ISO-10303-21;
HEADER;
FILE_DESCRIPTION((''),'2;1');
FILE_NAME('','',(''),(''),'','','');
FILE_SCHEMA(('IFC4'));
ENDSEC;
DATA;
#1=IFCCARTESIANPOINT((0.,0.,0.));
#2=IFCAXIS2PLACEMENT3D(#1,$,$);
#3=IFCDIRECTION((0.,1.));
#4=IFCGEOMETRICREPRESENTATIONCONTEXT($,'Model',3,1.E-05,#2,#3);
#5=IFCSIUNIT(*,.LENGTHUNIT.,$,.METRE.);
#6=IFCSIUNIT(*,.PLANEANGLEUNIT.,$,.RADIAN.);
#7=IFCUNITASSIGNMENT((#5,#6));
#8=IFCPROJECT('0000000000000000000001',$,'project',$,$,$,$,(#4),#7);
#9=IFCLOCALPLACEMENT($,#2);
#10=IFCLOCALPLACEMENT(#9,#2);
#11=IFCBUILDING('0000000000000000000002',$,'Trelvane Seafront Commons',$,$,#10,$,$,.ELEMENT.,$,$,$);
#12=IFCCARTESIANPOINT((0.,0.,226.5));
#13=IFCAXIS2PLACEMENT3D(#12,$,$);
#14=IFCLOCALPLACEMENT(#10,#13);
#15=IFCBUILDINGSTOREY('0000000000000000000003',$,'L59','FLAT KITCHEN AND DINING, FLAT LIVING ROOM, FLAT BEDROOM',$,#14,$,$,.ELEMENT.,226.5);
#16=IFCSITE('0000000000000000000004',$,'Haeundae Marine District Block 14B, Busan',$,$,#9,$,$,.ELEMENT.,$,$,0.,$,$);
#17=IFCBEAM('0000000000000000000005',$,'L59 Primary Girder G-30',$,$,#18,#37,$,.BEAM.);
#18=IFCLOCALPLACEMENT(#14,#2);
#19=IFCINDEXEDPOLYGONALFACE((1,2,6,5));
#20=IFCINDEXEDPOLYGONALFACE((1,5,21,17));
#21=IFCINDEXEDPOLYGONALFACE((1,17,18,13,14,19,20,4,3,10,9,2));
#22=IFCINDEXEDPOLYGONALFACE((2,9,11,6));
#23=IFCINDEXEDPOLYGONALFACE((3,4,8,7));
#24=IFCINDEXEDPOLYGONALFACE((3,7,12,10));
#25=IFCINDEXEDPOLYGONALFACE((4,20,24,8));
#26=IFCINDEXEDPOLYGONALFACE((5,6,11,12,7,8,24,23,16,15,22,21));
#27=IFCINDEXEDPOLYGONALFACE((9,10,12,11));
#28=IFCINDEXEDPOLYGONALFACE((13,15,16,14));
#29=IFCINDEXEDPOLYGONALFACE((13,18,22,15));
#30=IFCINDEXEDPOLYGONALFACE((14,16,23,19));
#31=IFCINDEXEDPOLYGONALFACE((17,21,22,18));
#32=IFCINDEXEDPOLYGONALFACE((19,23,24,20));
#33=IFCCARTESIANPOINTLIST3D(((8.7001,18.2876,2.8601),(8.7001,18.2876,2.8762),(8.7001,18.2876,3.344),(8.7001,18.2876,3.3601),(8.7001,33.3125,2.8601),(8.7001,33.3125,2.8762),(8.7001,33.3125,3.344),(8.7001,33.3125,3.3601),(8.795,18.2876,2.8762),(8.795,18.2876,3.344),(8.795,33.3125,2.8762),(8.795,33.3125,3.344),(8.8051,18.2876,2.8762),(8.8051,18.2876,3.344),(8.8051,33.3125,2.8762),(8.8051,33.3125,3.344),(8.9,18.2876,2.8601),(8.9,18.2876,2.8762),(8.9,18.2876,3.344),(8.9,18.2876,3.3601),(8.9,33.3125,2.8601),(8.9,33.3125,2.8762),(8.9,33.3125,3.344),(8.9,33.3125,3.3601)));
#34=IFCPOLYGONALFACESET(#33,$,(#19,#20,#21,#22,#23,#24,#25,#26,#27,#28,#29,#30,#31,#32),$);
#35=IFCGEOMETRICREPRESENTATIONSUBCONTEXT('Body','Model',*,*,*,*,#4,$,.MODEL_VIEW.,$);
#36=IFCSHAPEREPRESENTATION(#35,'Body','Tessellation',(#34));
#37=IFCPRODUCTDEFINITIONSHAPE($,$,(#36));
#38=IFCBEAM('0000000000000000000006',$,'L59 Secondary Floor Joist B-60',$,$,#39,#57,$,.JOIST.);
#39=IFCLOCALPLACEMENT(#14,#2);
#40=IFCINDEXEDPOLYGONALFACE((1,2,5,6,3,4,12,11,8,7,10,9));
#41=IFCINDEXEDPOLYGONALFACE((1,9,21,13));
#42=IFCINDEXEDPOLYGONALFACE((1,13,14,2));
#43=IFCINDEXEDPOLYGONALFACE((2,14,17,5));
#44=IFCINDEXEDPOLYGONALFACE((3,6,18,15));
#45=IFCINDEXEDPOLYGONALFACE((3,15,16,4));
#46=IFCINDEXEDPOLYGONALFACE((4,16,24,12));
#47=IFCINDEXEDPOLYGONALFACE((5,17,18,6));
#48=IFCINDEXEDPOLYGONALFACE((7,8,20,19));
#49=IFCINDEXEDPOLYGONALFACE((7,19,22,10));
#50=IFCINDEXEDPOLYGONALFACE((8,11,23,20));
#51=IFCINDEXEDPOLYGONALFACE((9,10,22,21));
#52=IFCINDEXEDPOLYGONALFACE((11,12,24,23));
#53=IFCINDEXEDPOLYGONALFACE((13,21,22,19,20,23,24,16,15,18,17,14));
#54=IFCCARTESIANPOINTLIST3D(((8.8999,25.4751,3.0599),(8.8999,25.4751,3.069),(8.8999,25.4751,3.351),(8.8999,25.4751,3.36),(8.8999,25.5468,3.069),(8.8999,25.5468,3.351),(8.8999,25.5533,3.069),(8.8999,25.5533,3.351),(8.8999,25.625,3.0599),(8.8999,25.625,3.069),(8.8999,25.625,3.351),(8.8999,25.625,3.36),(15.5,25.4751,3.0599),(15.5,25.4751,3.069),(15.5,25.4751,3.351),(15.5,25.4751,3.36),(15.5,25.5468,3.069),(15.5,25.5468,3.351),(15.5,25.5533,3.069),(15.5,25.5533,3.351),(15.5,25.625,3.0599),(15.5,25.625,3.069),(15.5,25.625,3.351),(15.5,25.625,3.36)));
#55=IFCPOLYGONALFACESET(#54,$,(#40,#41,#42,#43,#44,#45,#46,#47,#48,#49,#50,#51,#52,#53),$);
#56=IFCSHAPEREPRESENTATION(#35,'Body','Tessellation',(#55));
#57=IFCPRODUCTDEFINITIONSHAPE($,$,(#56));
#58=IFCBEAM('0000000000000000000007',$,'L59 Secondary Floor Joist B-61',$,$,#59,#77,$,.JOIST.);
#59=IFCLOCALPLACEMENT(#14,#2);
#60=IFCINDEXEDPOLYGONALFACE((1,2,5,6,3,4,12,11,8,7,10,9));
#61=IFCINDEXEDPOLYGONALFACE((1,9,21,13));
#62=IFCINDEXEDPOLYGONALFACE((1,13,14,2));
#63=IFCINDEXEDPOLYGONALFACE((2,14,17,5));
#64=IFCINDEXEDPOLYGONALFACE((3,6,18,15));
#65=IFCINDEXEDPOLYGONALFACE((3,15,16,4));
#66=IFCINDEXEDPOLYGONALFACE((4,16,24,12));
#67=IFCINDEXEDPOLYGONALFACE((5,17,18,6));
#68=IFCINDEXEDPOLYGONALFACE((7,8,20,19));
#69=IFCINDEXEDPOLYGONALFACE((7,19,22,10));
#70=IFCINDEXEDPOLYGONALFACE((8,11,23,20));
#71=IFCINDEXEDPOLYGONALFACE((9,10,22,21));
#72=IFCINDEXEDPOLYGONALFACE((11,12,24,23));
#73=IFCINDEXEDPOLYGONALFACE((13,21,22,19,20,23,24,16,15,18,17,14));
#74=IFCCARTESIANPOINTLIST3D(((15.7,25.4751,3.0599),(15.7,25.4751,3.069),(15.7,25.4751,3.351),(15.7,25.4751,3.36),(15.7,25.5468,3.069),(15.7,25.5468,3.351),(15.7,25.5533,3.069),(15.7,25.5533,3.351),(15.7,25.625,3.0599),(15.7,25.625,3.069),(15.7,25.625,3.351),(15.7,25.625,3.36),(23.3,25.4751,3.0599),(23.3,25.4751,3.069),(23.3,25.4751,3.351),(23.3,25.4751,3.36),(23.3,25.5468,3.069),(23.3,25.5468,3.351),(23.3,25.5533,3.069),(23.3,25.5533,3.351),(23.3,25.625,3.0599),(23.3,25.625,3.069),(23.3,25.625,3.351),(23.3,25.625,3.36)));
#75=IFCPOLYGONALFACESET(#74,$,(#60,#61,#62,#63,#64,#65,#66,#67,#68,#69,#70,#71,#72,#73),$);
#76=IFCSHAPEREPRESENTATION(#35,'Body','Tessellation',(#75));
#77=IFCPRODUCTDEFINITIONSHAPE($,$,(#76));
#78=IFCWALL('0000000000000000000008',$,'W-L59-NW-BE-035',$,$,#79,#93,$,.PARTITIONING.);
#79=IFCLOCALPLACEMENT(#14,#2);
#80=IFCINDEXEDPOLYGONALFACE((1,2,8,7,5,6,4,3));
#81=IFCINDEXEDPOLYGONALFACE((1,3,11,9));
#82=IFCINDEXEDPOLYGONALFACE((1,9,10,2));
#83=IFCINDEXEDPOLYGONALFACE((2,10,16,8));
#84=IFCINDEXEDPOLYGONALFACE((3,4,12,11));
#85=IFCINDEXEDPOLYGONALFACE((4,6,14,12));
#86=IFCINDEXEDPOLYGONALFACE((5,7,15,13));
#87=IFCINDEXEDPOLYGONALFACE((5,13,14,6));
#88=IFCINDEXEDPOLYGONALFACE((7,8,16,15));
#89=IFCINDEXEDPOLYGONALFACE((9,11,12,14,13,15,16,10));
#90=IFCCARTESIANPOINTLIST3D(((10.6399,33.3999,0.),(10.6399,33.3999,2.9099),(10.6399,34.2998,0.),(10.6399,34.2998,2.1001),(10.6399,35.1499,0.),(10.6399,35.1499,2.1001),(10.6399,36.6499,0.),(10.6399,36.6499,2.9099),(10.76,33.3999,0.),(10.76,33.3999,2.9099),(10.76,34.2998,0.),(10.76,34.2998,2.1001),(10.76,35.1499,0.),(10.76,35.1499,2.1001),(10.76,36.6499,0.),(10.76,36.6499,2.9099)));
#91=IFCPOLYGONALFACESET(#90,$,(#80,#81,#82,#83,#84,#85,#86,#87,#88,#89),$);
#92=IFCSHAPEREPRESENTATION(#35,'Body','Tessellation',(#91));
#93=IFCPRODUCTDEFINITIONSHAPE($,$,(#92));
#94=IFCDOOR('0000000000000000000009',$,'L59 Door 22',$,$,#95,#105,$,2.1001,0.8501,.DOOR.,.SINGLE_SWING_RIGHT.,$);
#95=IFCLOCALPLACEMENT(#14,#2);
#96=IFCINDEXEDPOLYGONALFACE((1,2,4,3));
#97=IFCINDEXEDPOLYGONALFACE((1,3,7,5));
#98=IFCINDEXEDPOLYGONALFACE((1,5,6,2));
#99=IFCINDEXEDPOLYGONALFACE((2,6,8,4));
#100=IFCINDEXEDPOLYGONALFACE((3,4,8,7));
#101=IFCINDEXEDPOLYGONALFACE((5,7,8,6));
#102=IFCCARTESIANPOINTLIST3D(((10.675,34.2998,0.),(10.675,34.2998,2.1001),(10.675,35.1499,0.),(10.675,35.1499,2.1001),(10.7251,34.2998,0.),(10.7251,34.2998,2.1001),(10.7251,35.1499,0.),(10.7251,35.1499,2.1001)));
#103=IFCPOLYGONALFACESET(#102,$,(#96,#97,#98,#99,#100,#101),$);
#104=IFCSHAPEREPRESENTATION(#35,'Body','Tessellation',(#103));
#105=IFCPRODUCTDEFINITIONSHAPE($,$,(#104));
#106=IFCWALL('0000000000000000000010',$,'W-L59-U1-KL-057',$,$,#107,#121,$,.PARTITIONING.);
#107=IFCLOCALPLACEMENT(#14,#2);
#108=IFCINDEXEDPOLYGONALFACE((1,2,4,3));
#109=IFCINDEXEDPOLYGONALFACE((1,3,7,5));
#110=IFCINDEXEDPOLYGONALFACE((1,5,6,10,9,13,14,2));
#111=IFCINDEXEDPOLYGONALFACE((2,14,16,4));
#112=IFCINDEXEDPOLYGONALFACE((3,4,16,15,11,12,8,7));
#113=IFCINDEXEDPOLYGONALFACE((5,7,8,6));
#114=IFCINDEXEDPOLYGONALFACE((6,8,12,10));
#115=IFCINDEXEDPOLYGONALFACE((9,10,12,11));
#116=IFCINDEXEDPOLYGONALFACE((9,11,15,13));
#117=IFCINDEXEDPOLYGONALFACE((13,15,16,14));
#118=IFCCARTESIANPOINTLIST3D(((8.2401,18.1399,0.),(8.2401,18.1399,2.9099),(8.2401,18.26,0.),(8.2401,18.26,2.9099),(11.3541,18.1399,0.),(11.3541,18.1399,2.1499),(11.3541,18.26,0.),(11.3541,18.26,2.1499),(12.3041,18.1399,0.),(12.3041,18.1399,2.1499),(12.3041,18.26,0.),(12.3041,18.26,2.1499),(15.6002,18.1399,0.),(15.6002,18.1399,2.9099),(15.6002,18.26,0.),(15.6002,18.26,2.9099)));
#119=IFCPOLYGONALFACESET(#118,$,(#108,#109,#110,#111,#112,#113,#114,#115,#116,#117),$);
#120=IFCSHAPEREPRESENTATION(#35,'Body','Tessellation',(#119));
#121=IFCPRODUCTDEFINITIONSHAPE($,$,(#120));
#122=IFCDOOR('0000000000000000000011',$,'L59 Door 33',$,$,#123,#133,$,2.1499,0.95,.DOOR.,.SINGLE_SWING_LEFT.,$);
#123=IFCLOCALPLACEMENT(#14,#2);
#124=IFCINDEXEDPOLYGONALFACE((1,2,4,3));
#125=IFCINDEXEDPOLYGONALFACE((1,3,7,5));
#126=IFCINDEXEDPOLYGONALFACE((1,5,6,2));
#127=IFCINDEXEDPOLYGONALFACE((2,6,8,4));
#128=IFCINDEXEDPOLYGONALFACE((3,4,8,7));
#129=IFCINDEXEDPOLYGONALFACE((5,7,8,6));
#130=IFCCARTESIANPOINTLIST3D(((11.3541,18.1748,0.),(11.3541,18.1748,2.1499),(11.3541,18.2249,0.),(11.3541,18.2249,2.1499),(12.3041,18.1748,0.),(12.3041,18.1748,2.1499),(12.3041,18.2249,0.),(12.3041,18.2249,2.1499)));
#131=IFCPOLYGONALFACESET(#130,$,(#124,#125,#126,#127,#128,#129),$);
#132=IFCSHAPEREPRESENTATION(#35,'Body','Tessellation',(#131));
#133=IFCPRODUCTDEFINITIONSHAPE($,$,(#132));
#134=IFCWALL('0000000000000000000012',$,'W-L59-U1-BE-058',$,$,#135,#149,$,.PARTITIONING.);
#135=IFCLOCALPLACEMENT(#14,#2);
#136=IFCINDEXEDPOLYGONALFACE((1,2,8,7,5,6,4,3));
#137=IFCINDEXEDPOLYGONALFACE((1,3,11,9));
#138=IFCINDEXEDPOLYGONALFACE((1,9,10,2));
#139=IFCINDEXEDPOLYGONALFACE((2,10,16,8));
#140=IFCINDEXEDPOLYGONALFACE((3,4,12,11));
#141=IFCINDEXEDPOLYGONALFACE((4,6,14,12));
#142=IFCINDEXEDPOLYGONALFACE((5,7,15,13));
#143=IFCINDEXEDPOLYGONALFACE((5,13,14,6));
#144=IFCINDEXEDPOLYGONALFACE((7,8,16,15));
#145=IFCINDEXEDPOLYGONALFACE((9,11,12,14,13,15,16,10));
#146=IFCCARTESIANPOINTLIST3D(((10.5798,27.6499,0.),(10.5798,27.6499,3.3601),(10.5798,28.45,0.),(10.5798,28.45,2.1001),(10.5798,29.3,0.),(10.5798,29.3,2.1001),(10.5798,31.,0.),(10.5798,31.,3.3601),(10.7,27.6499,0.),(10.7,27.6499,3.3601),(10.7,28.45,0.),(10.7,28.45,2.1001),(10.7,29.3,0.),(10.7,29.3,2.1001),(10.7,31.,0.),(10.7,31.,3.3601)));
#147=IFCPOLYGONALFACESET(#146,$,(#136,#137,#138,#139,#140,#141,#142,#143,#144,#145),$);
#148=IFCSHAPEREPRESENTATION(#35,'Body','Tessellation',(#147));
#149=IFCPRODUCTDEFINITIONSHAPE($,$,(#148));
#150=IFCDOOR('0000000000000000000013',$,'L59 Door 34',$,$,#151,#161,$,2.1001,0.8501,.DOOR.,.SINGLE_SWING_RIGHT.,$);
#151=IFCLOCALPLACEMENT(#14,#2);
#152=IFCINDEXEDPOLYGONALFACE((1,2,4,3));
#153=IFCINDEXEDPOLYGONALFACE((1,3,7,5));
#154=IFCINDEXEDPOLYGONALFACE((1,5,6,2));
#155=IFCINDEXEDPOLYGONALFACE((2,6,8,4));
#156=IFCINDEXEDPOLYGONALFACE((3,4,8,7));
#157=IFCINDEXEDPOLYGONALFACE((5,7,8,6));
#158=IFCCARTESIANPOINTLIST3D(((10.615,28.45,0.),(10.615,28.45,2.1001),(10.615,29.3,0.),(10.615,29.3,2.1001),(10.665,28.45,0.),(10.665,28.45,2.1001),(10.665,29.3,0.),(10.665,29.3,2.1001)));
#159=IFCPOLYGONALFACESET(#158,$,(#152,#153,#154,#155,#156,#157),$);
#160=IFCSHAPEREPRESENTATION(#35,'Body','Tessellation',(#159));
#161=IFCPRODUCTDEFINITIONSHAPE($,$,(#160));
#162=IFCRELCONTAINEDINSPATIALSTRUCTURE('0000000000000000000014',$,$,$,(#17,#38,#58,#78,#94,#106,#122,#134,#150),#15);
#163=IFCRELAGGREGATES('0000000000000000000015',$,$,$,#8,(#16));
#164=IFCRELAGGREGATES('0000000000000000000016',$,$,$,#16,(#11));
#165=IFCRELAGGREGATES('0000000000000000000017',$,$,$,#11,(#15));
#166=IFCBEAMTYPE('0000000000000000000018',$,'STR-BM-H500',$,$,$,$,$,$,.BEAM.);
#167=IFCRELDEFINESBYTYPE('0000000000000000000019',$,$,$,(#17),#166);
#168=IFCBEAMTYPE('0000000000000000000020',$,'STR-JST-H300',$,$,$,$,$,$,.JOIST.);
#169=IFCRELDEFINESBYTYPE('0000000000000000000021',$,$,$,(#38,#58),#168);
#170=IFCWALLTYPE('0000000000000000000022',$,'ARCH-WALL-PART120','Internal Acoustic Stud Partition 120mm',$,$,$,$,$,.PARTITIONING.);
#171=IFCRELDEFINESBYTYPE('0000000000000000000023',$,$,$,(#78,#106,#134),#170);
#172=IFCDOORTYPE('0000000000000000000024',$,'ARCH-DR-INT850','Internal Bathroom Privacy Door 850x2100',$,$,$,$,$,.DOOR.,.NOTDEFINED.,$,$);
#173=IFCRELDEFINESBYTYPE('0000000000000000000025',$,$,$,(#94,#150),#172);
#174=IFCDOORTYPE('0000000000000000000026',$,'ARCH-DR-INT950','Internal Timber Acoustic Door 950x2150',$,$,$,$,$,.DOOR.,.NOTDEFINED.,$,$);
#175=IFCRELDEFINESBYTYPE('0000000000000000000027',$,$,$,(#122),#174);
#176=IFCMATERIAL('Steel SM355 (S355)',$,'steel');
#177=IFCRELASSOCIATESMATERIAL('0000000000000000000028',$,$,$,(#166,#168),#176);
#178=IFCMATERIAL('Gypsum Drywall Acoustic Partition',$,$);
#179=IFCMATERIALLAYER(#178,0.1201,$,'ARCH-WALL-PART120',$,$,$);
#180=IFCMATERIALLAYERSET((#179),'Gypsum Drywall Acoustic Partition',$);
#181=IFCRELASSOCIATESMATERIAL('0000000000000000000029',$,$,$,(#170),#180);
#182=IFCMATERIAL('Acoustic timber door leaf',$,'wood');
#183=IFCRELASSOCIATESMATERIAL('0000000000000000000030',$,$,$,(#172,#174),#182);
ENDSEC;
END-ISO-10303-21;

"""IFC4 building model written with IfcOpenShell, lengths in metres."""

from ifc_helpers import new_model, si_unit, direction, frame, frame_2d, origin, origin_2d, place, context, subcontext, project, spatial, rectangle, i_section, extrude, source, transform, mapped, material, layer, layer_set, material_profile, profile_set, type_object, element, fill, save


model = new_model("IFC4")

# Units and contexts
model_context = context("Model", 3, precision=1e-05, world=origin(), true_north=direction((0.0, 1.0)))
body_context = subcontext(model_context, "Body", "Model", "MODEL_VIEW")
ifc_project = project(units=[si_unit("LENGTHUNIT", "METRE"), si_unit("PLANEANGLEUNIT", "RADIAN")], contexts=[model_context])

# Site, building, storey
site_placement = place(None, origin())
site = spatial("IfcSite", under=ifc_project, at=site_placement, Name="Haeundae Marine District Block 14B, Busan", CompositionType="ELEMENT", RefElevation=0.0)
building_placement = place(site_placement, origin())
building = spatial("IfcBuilding", under=site, at=building_placement, Name="Trelvane Seafront Commons", CompositionType="ELEMENT")
storey_placement = place(building_placement, frame((0.0, 0.0, 226.5)))
storey = spatial("IfcBuildingStorey", under=building, at=storey_placement, Name="L59", Description="FLAT KITCHEN AND DINING, FLAT LIVING ROOM, FLAT BEDROOM", CompositionType="ELEMENT", Elevation=226.5)

# Shared definitions
ifc_material_1 = material(Name="Steel SM355 (S355)", Category="steel")

# Beams
ifc_material_profile_1 = material_profile(ifc_material_1, i_section(OverallWidth=0.2, OverallDepth=0.5, WebThickness=0.01, FlangeThickness=0.0161, at=origin_2d()), Name="H-500x200x10x16")
ifc_profile_set_1 = profile_set([ifc_material_profile_1], Name="Steel SM355 (S355)")
beam_type_1 = type_object("IfcBeamType", Name="STR-BM-H500", PredefinedType="BEAM", material=ifc_profile_set_1)
shared_shape_1 = source(origin(), body_context, "Body", "SweptSolid", [
    extrude(i_section(OverallWidth=0.2, OverallDepth=0.5, WebThickness=0.01, FlangeThickness=0.0161, at=origin_2d()), origin(), (0.0, 0.0, 1.0), 15.0249),
])
beam_1_placement = place(storey_placement, frame((8.8, 18.2876, 3.1101), z_axis=(0.0, 1.0, 0.0), x_axis=(-1.0, 0.0, 0.0)))
element("IfcBeam", 1, at=beam_1_placement, inside=storey, type_object=beam_type_1, Name="L59 Primary Girder G-30", PredefinedType="BEAM", context=body_context, shape_type="MappedRepresentation", body=[
    mapped(shared_shape_1, transform((0.0, 0.0, 0.0), x_axis=(1.0, 0.0, 0.0), y_axis=(0.0, 1.0, 0.0), z_axis=(0.0, 0.0, 1.0), scale=1.0)),
])
ifc_material_profile_2 = material_profile(ifc_material_1, i_section(OverallWidth=0.1499, OverallDepth=0.3, WebThickness=0.0066, FlangeThickness=0.009, at=origin_2d()), Name="H-300x150x6.5x9")
ifc_profile_set_2 = profile_set([ifc_material_profile_2], Name="Steel SM355 (S355)")
beam_type_2 = type_object("IfcBeamType", Name="STR-JST-H300", PredefinedType="JOIST", material=ifc_profile_set_2)
shared_shape_2 = source(origin(), body_context, "Body", "SweptSolid", [
    extrude(i_section(OverallWidth=0.1499, OverallDepth=0.3, WebThickness=0.0066, FlangeThickness=0.009, at=origin_2d()), origin(), (0.0, 0.0, 1.0), 6.6001),
])
beam_2_placement = place(storey_placement, frame((8.8999, 25.55, 3.21), z_axis=(1.0, 0.0, 0.0), x_axis=(0.0, 1.0, 0.0)))
element("IfcBeam", 2, at=beam_2_placement, inside=storey, type_object=beam_type_2, Name="L59 Secondary Floor Joist B-60", PredefinedType="JOIST", context=body_context, shape_type="MappedRepresentation", body=[
    mapped(shared_shape_2, transform((0.0, 0.0, 0.0), x_axis=(1.0, 0.0, 0.0), y_axis=(0.0, 1.0, 0.0), z_axis=(0.0, 0.0, 1.0), scale=1.0)),
])
shared_shape_3 = source(origin(), body_context, "Body", "SweptSolid", [
    extrude(i_section(OverallWidth=0.1499, OverallDepth=0.3, WebThickness=0.0066, FlangeThickness=0.009, at=origin_2d()), origin(), (0.0, 0.0, 1.0), 7.6001),
])
beam_3_placement = place(storey_placement, frame((15.7, 25.55, 3.21), z_axis=(1.0, 0.0, 0.0), x_axis=(0.0, 1.0, 0.0)))
element("IfcBeam", 3, at=beam_3_placement, inside=storey, type_object=beam_type_2, Name="L59 Secondary Floor Joist B-61", PredefinedType="JOIST", context=body_context, shape_type="MappedRepresentation", body=[
    mapped(shared_shape_3, transform((0.0, 0.0, 0.0), x_axis=(1.0, 0.0, 0.0), y_axis=(0.0, 1.0, 0.0), z_axis=(0.0, 0.0, 1.0), scale=1.0)),
])

# Walls, openings, doors
ifc_material_2 = material(Name="Gypsum Drywall Acoustic Partition")
ifc_layer_1 = layer(ifc_material_2, 0.1201, Name="ARCH-WALL-PART120")
ifc_layer_set_1 = layer_set([ifc_layer_1], Name="Gypsum Drywall Acoustic Partition")
wall_type_1 = type_object("IfcWallType", Name="ARCH-WALL-PART120", Description="Internal Acoustic Stud Partition 120mm", PredefinedType="PARTITIONING", material=ifc_layer_set_1)
wall_1_placement = place(storey_placement, frame((10.7, 33.3999, 0.0), z_axis=(0.0, 0.0, 1.0), x_axis=(0.0, 1.0, 0.0)))
wall_1 = element("IfcWall", 4, at=wall_1_placement, inside=storey, type_object=wall_type_1, Name="W-L59-NW-BE-035", PredefinedType="PARTITIONING", context=body_context, shape_type="SweptSolid", body=[
    extrude(rectangle(XDim=3.25, YDim=0.1201, at=frame_2d((1.625, 0.0))), origin(), (0.0, 0.0, 1.0), 2.9099),
])
opening_1_placement = place(wall_1_placement, frame((0.8999, 0.0, 0.0)))
opening_1 = element("IfcOpeningElement", 5, at=opening_1_placement, cuts=wall_1, PredefinedType="OPENING", context=body_context, shape_type="SweptSolid", body=[
    extrude(rectangle(XDim=0.8501, YDim=2.1001, at=frame_2d((0.425, 1.05))), frame((0.0, 0.0701, 0.0), z_axis=(0.0, -1.0, 0.0), x_axis=(1.0, 0.0, 0.0)), (0.0, 0.0, 1.0), 0.1401),
])
ifc_material_3 = material(Name="Acoustic timber door leaf", Category="wood")
door_type_1 = type_object("IfcDoorType", Name="ARCH-DR-INT850", Description="Internal Bathroom Privacy Door 850x2100", OperationType="NOTDEFINED", PredefinedType="DOOR", material=ifc_material_3)
shared_shape_4 = source(origin(), body_context, "Body", "SweptSolid", [
    extrude(rectangle(XDim=0.8501, YDim=2.1001, at=frame_2d((0.425, 1.05))), frame((0.0, 0.0249, 0.0), z_axis=(0.0, -1.0, 0.0), x_axis=(1.0, 0.0, 0.0)), (0.0, 0.0, 1.0), 0.05),
])
door_1_placement = place(opening_1_placement, origin())
door_1 = element("IfcDoor", 6, at=door_1_placement, inside=storey, type_object=door_type_1, Name="L59 Door 22", OperationType="SINGLE_SWING_RIGHT", OverallHeight=2.1001, OverallWidth=0.8501, PredefinedType="DOOR", context=body_context, shape_type="MappedRepresentation", body=[
    mapped(shared_shape_4, transform((0.0, 0.0, 0.0), x_axis=(1.0, 0.0, 0.0), y_axis=(0.0, 1.0, 0.0), z_axis=(0.0, 0.0, 1.0), scale=1.0)),
])
fill(opening_1, door_1)
wall_2_placement = place(storey_placement, frame((8.24, 18.2, 0.0), z_axis=(0.0, 0.0, 1.0), x_axis=(1.0, 0.0, 0.0)))
wall_2 = element("IfcWall", 7, at=wall_2_placement, inside=storey, type_object=wall_type_1, Name="W-L59-U1-KL-057", PredefinedType="PARTITIONING", context=body_context, shape_type="SweptSolid", body=[
    extrude(rectangle(XDim=7.3601, YDim=0.1201, at=frame_2d((3.6802, 0.0))), origin(), (0.0, 0.0, 1.0), 2.9099),
])
opening_2_placement = place(wall_2_placement, frame((3.114, 0.0, 0.0)))
opening_2 = element("IfcOpeningElement", 8, at=opening_2_placement, cuts=wall_2, PredefinedType="OPENING", context=body_context, shape_type="SweptSolid", body=[
    extrude(rectangle(XDim=0.95, YDim=2.1499, at=frame_2d((0.4751, 1.075))), frame((0.0, 0.0701, 0.0), z_axis=(0.0, -1.0, 0.0), x_axis=(1.0, 0.0, 0.0)), (0.0, 0.0, 1.0), 0.1401),
])
door_type_2 = type_object("IfcDoorType", Name="ARCH-DR-INT950", Description="Internal Timber Acoustic Door 950x2150", OperationType="NOTDEFINED", PredefinedType="DOOR", material=ifc_material_3)
shared_shape_5 = source(origin(), body_context, "Body", "SweptSolid", [
    extrude(rectangle(XDim=0.95, YDim=2.1499, at=frame_2d((0.4751, 1.075))), frame((0.0, 0.0249, 0.0), z_axis=(0.0, -1.0, 0.0), x_axis=(1.0, 0.0, 0.0)), (0.0, 0.0, 1.0), 0.05),
])
door_2_placement = place(opening_2_placement, origin())
door_2 = element("IfcDoor", 9, at=door_2_placement, inside=storey, type_object=door_type_2, Name="L59 Door 33", OperationType="SINGLE_SWING_LEFT", OverallHeight=2.1499, OverallWidth=0.95, PredefinedType="DOOR", context=body_context, shape_type="MappedRepresentation", body=[
    mapped(shared_shape_5, transform((0.0, 0.0, 0.0), x_axis=(1.0, 0.0, 0.0), y_axis=(0.0, 1.0, 0.0), z_axis=(0.0, 0.0, 1.0), scale=1.0)),
])
fill(opening_2, door_2)
wall_3_placement = place(storey_placement, frame((10.6399, 27.6499, 0.0), z_axis=(0.0, 0.0, 1.0), x_axis=(0.0, 1.0, 0.0)))
wall_3 = element("IfcWall", 10, at=wall_3_placement, inside=storey, type_object=wall_type_1, Name="W-L59-U1-BE-058", PredefinedType="PARTITIONING", context=body_context, shape_type="SweptSolid", body=[
    extrude(rectangle(XDim=3.3501, YDim=0.1201, at=frame_2d((1.675, 0.0))), origin(), (0.0, 0.0, 1.0), 3.3601),
])
opening_3_placement = place(wall_3_placement, frame((0.8, 0.0, 0.0)))
opening_3 = element("IfcOpeningElement", 11, at=opening_3_placement, cuts=wall_3, PredefinedType="OPENING", context=body_context, shape_type="SweptSolid", body=[
    extrude(rectangle(XDim=0.8501, YDim=2.1001, at=frame_2d((0.425, 1.05))), frame((0.0, 0.0701, 0.0), z_axis=(0.0, -1.0, 0.0), x_axis=(1.0, 0.0, 0.0)), (0.0, 0.0, 1.0), 0.1401),
])
door_3_placement = place(opening_3_placement, origin())
door_3 = element("IfcDoor", 12, at=door_3_placement, inside=storey, type_object=door_type_1, Name="L59 Door 34", OperationType="SINGLE_SWING_RIGHT", OverallHeight=2.1001, OverallWidth=0.8501, PredefinedType="DOOR", context=body_context, shape_type="MappedRepresentation", body=[
    mapped(shared_shape_4, transform((0.0, 0.0, 0.0), x_axis=(1.0, 0.0, 0.0), y_axis=(0.0, 1.0, 0.0), z_axis=(0.0, 0.0, 1.0), scale=1.0)),
])
fill(opening_3, door_3)

save(model, "model.ifc")
